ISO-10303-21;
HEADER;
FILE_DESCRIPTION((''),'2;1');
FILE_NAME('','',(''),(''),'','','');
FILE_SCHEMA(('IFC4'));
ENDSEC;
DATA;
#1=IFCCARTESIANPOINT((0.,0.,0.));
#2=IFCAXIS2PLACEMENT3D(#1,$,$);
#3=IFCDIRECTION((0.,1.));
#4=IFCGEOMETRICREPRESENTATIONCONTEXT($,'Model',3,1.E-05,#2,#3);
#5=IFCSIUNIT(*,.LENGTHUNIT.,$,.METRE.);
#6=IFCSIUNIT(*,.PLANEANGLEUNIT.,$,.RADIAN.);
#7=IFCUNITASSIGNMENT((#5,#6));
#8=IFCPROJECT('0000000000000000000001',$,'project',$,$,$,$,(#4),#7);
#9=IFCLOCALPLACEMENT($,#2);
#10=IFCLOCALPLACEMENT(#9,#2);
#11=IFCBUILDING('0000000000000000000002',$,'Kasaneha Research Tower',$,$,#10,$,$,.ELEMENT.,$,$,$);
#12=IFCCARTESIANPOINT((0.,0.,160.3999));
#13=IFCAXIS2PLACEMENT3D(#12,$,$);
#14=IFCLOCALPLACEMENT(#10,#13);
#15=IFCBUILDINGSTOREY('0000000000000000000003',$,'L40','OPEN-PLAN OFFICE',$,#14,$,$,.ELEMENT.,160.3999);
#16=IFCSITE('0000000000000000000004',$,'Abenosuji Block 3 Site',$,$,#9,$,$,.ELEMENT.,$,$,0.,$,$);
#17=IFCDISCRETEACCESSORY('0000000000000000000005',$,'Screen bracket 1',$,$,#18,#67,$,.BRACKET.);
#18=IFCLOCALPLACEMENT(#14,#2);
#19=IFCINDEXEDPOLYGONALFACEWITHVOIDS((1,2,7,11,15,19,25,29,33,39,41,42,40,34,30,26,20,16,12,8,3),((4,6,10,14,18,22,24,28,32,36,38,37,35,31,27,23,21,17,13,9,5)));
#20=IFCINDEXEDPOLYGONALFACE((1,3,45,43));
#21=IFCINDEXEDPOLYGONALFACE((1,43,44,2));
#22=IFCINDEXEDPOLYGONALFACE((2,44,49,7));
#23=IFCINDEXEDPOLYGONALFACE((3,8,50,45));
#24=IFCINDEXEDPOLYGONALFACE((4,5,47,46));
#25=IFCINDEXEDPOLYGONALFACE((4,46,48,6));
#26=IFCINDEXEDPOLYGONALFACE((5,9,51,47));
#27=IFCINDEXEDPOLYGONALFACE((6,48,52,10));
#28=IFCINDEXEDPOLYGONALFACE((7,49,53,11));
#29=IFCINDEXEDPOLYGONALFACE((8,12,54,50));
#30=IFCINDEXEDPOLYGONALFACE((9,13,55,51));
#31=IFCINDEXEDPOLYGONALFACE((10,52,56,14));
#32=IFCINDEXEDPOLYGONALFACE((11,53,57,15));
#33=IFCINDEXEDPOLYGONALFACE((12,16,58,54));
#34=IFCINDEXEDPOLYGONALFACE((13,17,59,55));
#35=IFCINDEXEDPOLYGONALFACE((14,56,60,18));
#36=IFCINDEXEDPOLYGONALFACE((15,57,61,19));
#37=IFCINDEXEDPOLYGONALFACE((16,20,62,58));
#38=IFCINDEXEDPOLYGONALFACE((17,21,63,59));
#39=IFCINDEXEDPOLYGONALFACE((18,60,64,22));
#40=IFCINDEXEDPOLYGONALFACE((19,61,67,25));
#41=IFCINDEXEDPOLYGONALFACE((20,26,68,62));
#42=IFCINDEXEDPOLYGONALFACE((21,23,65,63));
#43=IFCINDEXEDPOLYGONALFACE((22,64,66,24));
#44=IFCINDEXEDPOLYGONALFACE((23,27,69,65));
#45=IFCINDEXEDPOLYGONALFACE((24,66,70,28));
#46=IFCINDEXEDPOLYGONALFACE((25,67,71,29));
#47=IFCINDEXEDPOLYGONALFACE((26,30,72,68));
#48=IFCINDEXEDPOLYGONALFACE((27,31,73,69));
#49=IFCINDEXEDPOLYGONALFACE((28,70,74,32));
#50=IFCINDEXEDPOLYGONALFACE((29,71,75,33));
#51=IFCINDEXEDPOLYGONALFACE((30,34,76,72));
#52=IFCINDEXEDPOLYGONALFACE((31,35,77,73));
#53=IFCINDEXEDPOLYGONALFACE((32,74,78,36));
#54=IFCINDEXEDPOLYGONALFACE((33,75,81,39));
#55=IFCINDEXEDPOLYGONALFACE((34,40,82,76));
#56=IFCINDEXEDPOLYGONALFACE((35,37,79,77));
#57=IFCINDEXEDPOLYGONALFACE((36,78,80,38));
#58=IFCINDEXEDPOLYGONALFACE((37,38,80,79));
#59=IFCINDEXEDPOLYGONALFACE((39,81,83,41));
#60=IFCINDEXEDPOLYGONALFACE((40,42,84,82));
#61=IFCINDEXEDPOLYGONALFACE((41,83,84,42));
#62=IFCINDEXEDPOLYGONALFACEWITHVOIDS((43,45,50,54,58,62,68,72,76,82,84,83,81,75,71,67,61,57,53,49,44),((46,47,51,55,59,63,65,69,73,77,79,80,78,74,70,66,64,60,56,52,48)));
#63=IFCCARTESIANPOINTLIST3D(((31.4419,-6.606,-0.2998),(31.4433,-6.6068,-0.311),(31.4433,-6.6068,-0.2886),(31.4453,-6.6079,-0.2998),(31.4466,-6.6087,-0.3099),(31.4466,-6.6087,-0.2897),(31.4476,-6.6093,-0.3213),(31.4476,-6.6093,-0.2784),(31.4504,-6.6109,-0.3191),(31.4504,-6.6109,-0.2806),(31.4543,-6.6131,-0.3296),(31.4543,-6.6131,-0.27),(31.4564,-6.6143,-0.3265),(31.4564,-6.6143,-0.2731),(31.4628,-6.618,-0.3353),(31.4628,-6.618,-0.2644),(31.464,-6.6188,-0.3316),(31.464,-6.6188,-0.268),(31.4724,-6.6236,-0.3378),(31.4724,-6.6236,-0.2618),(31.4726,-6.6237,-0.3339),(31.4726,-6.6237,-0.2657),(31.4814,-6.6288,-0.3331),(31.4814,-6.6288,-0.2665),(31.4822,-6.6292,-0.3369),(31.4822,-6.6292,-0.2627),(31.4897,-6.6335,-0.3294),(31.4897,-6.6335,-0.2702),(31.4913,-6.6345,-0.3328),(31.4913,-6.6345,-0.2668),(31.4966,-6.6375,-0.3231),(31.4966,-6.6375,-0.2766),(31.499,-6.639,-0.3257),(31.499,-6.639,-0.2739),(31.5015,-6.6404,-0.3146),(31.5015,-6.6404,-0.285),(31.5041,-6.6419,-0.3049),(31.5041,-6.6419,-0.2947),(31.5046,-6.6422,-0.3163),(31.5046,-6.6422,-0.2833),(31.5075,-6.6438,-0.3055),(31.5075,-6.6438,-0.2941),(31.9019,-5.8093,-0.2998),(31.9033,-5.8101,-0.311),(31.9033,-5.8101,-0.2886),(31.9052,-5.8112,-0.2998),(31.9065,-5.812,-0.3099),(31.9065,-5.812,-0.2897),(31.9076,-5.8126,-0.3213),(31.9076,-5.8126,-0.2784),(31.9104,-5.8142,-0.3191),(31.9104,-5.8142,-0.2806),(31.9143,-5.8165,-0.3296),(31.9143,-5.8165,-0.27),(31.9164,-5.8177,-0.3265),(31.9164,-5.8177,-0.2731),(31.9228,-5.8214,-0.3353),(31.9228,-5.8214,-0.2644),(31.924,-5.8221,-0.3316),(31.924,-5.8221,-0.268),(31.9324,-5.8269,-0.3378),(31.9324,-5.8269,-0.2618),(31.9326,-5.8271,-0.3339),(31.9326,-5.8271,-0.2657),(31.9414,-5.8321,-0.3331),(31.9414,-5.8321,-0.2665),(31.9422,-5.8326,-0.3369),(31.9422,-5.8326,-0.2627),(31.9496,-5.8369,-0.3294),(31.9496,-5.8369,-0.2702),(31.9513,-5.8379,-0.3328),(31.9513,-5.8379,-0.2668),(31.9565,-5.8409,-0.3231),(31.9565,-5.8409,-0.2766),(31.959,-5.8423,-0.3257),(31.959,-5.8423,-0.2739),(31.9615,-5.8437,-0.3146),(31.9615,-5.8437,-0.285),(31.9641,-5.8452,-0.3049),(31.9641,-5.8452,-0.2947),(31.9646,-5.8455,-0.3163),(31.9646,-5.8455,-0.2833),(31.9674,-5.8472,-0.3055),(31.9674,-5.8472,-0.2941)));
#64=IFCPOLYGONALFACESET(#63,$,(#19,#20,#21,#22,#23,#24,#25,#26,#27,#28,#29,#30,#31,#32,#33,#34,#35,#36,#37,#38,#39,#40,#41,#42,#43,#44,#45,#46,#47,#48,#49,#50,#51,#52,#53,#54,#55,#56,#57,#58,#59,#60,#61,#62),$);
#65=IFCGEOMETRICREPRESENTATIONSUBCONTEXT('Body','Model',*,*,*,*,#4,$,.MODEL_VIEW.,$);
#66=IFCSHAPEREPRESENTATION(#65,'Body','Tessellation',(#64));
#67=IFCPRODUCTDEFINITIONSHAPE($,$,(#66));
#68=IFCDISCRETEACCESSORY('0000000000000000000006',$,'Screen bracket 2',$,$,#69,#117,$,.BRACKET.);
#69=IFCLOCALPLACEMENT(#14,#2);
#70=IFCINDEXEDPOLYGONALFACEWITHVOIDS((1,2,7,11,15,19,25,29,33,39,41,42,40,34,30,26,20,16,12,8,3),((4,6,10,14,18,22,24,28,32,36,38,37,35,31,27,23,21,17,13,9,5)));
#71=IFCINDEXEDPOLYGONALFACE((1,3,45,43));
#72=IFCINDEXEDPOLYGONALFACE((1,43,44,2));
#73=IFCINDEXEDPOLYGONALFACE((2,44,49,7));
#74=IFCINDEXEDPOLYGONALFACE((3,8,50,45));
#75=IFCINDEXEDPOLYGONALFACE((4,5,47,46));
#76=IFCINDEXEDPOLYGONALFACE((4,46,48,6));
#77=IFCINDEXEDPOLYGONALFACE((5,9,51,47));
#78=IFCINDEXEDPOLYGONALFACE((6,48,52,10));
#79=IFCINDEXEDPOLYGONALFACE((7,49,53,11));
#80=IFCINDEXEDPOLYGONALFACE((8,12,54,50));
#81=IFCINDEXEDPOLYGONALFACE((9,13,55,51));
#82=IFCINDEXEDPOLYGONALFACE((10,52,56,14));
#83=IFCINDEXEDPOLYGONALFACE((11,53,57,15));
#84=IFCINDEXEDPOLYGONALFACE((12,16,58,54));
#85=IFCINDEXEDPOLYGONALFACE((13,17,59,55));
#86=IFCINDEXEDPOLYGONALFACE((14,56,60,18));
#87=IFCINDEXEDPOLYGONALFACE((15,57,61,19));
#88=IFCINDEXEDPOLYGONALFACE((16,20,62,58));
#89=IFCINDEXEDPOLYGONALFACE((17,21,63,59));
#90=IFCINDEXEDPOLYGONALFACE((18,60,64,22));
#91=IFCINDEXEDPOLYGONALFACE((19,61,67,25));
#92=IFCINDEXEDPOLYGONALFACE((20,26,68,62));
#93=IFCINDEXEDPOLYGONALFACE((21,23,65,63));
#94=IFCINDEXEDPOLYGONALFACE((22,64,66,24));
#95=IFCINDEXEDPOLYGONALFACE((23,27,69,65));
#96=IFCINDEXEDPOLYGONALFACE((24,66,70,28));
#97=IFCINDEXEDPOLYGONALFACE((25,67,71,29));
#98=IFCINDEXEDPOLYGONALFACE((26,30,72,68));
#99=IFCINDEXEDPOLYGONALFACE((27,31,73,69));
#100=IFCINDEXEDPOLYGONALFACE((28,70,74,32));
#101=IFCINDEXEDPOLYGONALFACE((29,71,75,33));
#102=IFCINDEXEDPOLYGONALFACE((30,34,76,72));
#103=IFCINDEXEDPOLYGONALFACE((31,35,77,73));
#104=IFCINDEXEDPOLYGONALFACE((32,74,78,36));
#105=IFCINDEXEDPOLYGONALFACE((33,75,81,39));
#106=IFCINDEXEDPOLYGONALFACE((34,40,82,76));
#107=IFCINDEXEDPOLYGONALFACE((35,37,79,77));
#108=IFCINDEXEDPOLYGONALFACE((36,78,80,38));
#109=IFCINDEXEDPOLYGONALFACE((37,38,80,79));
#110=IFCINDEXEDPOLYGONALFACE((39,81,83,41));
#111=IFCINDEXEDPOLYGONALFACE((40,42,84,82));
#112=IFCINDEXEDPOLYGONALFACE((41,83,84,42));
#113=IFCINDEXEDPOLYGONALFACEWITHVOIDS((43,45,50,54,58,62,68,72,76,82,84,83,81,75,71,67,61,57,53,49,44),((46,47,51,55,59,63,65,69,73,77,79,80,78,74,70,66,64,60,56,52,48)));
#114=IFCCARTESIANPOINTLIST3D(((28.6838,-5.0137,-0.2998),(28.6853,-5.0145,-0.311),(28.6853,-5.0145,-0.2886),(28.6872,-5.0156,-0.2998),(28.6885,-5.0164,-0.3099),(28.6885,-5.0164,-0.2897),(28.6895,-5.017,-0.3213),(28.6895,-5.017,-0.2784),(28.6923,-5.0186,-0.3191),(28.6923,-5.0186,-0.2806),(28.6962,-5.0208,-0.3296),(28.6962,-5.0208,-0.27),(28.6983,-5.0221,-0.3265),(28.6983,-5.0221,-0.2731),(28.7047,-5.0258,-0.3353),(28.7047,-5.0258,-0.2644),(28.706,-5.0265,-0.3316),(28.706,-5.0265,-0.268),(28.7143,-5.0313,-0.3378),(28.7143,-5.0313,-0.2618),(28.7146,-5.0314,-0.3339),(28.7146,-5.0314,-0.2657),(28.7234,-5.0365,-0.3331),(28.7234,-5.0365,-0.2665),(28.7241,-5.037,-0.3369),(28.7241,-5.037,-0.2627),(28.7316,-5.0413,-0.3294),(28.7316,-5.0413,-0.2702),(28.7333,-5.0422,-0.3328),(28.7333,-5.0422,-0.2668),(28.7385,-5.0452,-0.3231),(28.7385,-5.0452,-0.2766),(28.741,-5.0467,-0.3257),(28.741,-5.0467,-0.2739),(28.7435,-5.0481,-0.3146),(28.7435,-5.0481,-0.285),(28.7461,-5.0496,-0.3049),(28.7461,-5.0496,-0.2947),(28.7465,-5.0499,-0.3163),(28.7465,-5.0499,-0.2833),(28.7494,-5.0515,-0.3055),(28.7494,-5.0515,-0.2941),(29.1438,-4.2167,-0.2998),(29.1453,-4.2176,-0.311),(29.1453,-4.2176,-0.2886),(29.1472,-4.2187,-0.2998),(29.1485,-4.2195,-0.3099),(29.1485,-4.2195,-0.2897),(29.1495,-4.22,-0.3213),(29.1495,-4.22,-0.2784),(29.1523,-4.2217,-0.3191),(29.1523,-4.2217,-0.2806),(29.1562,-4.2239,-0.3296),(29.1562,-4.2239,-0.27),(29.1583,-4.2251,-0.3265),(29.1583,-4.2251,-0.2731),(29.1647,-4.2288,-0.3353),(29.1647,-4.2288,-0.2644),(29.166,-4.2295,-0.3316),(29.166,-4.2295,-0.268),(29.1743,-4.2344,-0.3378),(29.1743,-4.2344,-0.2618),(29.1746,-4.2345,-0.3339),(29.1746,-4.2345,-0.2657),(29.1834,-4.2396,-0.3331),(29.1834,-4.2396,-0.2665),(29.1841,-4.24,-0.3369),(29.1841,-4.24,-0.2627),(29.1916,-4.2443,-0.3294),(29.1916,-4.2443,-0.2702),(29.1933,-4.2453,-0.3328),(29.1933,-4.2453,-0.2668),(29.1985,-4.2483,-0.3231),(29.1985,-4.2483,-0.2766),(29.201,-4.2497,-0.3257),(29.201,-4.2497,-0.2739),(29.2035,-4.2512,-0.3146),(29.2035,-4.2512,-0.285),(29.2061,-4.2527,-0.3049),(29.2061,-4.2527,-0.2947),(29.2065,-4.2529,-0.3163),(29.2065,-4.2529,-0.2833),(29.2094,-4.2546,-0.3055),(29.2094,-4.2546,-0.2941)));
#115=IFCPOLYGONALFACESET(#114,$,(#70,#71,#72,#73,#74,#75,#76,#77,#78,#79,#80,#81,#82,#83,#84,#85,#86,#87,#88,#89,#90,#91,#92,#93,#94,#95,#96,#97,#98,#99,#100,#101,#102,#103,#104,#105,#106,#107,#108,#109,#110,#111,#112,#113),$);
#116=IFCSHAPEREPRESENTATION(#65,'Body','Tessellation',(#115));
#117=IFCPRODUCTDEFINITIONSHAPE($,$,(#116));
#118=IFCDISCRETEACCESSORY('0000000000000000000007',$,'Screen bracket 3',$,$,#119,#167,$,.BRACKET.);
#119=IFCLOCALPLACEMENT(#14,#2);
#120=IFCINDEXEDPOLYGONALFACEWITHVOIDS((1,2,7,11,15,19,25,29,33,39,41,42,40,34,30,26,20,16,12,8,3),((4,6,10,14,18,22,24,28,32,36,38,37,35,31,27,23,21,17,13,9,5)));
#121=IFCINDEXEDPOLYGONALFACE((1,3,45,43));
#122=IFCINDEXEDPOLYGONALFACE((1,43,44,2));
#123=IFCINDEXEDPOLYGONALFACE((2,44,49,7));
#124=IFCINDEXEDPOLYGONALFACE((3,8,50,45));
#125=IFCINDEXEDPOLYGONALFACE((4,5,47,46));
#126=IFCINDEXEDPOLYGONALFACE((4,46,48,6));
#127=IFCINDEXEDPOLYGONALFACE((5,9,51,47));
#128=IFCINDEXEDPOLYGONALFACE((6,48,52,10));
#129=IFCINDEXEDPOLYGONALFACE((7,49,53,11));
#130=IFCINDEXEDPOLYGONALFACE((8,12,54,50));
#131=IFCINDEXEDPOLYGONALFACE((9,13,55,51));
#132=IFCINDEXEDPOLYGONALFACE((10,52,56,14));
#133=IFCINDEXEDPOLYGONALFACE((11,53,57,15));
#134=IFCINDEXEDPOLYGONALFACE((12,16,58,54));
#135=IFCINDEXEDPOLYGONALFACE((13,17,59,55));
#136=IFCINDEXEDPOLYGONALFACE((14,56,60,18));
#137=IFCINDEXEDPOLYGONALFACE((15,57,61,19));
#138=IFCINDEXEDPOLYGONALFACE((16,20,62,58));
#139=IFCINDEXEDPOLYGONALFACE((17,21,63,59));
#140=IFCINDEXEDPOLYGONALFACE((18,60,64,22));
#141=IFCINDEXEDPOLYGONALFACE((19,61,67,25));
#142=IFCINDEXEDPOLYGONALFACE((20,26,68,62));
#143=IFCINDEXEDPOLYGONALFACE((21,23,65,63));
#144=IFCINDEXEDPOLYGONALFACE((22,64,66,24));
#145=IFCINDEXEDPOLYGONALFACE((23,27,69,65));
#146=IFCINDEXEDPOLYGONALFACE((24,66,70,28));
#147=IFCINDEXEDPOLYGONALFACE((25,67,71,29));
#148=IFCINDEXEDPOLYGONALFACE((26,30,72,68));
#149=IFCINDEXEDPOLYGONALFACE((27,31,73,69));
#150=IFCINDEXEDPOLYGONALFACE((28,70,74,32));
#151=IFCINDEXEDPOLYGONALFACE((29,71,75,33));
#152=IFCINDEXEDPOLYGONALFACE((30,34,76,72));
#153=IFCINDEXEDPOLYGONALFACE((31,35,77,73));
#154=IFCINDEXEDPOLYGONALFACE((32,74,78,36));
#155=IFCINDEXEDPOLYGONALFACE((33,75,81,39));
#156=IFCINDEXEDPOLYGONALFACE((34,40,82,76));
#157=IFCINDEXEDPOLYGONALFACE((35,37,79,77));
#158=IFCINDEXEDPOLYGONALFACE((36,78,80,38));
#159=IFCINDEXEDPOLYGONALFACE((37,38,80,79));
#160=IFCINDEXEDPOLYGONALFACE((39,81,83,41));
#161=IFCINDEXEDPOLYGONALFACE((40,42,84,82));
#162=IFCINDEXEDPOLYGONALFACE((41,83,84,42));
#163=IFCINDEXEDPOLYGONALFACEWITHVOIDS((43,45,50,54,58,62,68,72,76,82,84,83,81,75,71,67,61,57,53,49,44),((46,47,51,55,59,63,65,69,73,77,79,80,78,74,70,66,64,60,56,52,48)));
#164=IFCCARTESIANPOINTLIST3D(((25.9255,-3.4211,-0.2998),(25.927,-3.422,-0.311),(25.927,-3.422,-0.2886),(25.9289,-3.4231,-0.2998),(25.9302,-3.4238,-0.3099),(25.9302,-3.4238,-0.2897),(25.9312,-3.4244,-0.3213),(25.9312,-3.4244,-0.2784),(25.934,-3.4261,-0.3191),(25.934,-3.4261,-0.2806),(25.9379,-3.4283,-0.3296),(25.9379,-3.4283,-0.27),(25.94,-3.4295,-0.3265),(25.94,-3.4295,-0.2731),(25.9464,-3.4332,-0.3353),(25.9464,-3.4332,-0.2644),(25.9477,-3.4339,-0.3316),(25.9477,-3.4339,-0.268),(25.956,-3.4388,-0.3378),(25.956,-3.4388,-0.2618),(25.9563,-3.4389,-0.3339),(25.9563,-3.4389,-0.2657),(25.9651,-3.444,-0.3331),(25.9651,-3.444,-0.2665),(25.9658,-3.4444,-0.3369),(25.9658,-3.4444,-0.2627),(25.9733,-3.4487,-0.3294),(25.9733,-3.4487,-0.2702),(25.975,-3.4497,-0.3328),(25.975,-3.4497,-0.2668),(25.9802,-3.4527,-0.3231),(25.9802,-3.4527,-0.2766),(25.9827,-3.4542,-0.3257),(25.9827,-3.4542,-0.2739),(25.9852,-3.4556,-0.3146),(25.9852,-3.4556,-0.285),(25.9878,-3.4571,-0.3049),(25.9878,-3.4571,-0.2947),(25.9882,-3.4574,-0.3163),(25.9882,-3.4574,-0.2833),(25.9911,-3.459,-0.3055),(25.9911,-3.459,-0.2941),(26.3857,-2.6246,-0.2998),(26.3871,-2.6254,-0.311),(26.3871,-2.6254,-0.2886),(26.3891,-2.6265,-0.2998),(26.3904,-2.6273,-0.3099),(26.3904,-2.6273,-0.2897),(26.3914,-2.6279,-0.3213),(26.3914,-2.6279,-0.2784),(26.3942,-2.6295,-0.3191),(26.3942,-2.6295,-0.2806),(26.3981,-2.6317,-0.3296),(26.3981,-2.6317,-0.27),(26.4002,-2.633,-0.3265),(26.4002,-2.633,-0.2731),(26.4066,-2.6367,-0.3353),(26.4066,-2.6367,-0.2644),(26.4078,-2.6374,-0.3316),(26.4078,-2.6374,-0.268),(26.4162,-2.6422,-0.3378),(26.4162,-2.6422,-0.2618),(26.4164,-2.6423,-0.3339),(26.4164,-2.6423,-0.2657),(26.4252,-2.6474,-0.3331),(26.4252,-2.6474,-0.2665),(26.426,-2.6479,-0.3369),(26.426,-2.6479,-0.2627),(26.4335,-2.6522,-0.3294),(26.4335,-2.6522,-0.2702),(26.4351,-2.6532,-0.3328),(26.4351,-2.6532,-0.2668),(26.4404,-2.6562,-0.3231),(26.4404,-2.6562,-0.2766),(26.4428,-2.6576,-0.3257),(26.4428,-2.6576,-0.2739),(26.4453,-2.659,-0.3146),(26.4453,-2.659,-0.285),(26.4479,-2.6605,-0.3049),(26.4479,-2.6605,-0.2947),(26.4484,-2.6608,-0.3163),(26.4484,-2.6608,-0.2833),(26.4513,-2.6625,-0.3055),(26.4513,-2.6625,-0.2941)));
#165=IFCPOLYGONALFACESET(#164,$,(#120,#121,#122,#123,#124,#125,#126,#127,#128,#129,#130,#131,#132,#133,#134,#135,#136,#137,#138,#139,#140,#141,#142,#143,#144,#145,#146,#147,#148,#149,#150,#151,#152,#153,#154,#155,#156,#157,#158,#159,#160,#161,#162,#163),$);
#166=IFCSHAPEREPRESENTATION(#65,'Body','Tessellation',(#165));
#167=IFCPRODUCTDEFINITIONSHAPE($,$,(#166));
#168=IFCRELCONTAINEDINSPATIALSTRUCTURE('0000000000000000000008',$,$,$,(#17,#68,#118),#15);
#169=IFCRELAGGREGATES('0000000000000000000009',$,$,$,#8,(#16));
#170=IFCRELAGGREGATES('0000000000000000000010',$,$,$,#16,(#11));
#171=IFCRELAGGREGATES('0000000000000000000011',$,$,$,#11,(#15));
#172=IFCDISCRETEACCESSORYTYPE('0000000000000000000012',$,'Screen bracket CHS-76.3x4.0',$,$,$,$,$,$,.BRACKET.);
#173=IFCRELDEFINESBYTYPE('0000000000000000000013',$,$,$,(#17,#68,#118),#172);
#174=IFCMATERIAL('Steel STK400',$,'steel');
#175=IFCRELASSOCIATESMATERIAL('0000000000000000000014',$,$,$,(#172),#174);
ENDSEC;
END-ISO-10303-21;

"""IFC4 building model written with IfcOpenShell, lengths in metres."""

from ifc_helpers import new_model, si_unit, direction, frame, origin, origin_2d, place, context, subcontext, project, spatial, hollow_circle, extrude, material, material_profile, profile_set, type_object, element, save


model = new_model("IFC4")

# Units and contexts
model_context = context("Model", 3, precision=1e-05, world=origin(), true_north=direction((0.0, 1.0)))
body_context = subcontext(model_context, "Body", "Model", "MODEL_VIEW")
ifc_project = project(units=[si_unit("LENGTHUNIT", "METRE"), si_unit("PLANEANGLEUNIT", "RADIAN")], contexts=[model_context])

# Site, building, storey
site_placement = place(None, origin())
site = spatial("IfcSite", under=ifc_project, at=site_placement, Name="Abenosuji Block 3 Site", CompositionType="ELEMENT", RefElevation=0.0)
building_placement = place(site_placement, origin())
building = spatial("IfcBuilding", under=site, at=building_placement, Name="Kasaneha Research Tower", CompositionType="ELEMENT")
storey_placement = place(building_placement, frame((0.0, 0.0, 160.3999)))
storey = spatial("IfcBuildingStorey", under=building, at=storey_placement, Name="L40", Description="OPEN-PLAN OFFICE", CompositionType="ELEMENT", Elevation=160.3999)

# Discrete accessories
ifc_material_1 = material(Name="Steel STK400", Category="steel")
ifc_material_profile_1 = material_profile(ifc_material_1, hollow_circle(Radius=0.0381, WallThickness=0.0039, at=origin_2d()), Name="CHS-76.3x4.0")
ifc_profile_set_1 = profile_set([ifc_material_profile_1], Name="Steel STK400")
discrete_accessory_type = type_object("IfcDiscreteAccessoryType", Name="Screen bracket CHS-76.3x4.0", PredefinedType="BRACKET", material=ifc_profile_set_1)
discrete_accessory_1_placement = place(storey_placement, frame((31.4749, -6.625, -0.2998), z_axis=(0.500021, 0.866013, 0.0), x_axis=(-0.866013, 0.500021, 0.0)))
element("IfcDiscreteAccessory", 1, at=discrete_accessory_1_placement, inside=storey, type_object=discrete_accessory_type, Name="Screen bracket 1", PredefinedType="BRACKET", context=body_context, shape_type="SweptSolid", body=[
    extrude(hollow_circle(Radius=0.0381, WallThickness=0.0039, at=origin_2d()), origin(), (0.0, 0.0, 1.0), 0.9199),
])
discrete_accessory_2_placement = place(storey_placement, frame((28.7168, -5.0327, -0.2998), z_axis=(0.499906, 0.86608, 0.0), x_axis=(-0.86608, 0.499906, 0.0)))
element("IfcDiscreteAccessory", 2, at=discrete_accessory_2_placement, inside=storey, type_object=discrete_accessory_type, Name="Screen bracket 2", PredefinedType="BRACKET", context=body_context, shape_type="SweptSolid", body=[
    extrude(hollow_circle(Radius=0.0381, WallThickness=0.0039, at=origin_2d()), origin(), (0.0, 0.0, 1.0), 0.9202),
])
discrete_accessory_3_placement = place(storey_placement, frame((25.9585, -3.4402, -0.2998), z_axis=(0.50022, 0.865898, 0.0), x_axis=(-0.865898, 0.50022, 0.0)))
element("IfcDiscreteAccessory", 3, at=discrete_accessory_3_placement, inside=storey, type_object=discrete_accessory_type, Name="Screen bracket 3", PredefinedType="BRACKET", context=body_context, shape_type="SweptSolid", body=[
    extrude(hollow_circle(Radius=0.0381, WallThickness=0.0039, at=origin_2d()), origin(), (0.0, 0.0, 1.0), 0.9199),
])

save(model, "model.ifc")
